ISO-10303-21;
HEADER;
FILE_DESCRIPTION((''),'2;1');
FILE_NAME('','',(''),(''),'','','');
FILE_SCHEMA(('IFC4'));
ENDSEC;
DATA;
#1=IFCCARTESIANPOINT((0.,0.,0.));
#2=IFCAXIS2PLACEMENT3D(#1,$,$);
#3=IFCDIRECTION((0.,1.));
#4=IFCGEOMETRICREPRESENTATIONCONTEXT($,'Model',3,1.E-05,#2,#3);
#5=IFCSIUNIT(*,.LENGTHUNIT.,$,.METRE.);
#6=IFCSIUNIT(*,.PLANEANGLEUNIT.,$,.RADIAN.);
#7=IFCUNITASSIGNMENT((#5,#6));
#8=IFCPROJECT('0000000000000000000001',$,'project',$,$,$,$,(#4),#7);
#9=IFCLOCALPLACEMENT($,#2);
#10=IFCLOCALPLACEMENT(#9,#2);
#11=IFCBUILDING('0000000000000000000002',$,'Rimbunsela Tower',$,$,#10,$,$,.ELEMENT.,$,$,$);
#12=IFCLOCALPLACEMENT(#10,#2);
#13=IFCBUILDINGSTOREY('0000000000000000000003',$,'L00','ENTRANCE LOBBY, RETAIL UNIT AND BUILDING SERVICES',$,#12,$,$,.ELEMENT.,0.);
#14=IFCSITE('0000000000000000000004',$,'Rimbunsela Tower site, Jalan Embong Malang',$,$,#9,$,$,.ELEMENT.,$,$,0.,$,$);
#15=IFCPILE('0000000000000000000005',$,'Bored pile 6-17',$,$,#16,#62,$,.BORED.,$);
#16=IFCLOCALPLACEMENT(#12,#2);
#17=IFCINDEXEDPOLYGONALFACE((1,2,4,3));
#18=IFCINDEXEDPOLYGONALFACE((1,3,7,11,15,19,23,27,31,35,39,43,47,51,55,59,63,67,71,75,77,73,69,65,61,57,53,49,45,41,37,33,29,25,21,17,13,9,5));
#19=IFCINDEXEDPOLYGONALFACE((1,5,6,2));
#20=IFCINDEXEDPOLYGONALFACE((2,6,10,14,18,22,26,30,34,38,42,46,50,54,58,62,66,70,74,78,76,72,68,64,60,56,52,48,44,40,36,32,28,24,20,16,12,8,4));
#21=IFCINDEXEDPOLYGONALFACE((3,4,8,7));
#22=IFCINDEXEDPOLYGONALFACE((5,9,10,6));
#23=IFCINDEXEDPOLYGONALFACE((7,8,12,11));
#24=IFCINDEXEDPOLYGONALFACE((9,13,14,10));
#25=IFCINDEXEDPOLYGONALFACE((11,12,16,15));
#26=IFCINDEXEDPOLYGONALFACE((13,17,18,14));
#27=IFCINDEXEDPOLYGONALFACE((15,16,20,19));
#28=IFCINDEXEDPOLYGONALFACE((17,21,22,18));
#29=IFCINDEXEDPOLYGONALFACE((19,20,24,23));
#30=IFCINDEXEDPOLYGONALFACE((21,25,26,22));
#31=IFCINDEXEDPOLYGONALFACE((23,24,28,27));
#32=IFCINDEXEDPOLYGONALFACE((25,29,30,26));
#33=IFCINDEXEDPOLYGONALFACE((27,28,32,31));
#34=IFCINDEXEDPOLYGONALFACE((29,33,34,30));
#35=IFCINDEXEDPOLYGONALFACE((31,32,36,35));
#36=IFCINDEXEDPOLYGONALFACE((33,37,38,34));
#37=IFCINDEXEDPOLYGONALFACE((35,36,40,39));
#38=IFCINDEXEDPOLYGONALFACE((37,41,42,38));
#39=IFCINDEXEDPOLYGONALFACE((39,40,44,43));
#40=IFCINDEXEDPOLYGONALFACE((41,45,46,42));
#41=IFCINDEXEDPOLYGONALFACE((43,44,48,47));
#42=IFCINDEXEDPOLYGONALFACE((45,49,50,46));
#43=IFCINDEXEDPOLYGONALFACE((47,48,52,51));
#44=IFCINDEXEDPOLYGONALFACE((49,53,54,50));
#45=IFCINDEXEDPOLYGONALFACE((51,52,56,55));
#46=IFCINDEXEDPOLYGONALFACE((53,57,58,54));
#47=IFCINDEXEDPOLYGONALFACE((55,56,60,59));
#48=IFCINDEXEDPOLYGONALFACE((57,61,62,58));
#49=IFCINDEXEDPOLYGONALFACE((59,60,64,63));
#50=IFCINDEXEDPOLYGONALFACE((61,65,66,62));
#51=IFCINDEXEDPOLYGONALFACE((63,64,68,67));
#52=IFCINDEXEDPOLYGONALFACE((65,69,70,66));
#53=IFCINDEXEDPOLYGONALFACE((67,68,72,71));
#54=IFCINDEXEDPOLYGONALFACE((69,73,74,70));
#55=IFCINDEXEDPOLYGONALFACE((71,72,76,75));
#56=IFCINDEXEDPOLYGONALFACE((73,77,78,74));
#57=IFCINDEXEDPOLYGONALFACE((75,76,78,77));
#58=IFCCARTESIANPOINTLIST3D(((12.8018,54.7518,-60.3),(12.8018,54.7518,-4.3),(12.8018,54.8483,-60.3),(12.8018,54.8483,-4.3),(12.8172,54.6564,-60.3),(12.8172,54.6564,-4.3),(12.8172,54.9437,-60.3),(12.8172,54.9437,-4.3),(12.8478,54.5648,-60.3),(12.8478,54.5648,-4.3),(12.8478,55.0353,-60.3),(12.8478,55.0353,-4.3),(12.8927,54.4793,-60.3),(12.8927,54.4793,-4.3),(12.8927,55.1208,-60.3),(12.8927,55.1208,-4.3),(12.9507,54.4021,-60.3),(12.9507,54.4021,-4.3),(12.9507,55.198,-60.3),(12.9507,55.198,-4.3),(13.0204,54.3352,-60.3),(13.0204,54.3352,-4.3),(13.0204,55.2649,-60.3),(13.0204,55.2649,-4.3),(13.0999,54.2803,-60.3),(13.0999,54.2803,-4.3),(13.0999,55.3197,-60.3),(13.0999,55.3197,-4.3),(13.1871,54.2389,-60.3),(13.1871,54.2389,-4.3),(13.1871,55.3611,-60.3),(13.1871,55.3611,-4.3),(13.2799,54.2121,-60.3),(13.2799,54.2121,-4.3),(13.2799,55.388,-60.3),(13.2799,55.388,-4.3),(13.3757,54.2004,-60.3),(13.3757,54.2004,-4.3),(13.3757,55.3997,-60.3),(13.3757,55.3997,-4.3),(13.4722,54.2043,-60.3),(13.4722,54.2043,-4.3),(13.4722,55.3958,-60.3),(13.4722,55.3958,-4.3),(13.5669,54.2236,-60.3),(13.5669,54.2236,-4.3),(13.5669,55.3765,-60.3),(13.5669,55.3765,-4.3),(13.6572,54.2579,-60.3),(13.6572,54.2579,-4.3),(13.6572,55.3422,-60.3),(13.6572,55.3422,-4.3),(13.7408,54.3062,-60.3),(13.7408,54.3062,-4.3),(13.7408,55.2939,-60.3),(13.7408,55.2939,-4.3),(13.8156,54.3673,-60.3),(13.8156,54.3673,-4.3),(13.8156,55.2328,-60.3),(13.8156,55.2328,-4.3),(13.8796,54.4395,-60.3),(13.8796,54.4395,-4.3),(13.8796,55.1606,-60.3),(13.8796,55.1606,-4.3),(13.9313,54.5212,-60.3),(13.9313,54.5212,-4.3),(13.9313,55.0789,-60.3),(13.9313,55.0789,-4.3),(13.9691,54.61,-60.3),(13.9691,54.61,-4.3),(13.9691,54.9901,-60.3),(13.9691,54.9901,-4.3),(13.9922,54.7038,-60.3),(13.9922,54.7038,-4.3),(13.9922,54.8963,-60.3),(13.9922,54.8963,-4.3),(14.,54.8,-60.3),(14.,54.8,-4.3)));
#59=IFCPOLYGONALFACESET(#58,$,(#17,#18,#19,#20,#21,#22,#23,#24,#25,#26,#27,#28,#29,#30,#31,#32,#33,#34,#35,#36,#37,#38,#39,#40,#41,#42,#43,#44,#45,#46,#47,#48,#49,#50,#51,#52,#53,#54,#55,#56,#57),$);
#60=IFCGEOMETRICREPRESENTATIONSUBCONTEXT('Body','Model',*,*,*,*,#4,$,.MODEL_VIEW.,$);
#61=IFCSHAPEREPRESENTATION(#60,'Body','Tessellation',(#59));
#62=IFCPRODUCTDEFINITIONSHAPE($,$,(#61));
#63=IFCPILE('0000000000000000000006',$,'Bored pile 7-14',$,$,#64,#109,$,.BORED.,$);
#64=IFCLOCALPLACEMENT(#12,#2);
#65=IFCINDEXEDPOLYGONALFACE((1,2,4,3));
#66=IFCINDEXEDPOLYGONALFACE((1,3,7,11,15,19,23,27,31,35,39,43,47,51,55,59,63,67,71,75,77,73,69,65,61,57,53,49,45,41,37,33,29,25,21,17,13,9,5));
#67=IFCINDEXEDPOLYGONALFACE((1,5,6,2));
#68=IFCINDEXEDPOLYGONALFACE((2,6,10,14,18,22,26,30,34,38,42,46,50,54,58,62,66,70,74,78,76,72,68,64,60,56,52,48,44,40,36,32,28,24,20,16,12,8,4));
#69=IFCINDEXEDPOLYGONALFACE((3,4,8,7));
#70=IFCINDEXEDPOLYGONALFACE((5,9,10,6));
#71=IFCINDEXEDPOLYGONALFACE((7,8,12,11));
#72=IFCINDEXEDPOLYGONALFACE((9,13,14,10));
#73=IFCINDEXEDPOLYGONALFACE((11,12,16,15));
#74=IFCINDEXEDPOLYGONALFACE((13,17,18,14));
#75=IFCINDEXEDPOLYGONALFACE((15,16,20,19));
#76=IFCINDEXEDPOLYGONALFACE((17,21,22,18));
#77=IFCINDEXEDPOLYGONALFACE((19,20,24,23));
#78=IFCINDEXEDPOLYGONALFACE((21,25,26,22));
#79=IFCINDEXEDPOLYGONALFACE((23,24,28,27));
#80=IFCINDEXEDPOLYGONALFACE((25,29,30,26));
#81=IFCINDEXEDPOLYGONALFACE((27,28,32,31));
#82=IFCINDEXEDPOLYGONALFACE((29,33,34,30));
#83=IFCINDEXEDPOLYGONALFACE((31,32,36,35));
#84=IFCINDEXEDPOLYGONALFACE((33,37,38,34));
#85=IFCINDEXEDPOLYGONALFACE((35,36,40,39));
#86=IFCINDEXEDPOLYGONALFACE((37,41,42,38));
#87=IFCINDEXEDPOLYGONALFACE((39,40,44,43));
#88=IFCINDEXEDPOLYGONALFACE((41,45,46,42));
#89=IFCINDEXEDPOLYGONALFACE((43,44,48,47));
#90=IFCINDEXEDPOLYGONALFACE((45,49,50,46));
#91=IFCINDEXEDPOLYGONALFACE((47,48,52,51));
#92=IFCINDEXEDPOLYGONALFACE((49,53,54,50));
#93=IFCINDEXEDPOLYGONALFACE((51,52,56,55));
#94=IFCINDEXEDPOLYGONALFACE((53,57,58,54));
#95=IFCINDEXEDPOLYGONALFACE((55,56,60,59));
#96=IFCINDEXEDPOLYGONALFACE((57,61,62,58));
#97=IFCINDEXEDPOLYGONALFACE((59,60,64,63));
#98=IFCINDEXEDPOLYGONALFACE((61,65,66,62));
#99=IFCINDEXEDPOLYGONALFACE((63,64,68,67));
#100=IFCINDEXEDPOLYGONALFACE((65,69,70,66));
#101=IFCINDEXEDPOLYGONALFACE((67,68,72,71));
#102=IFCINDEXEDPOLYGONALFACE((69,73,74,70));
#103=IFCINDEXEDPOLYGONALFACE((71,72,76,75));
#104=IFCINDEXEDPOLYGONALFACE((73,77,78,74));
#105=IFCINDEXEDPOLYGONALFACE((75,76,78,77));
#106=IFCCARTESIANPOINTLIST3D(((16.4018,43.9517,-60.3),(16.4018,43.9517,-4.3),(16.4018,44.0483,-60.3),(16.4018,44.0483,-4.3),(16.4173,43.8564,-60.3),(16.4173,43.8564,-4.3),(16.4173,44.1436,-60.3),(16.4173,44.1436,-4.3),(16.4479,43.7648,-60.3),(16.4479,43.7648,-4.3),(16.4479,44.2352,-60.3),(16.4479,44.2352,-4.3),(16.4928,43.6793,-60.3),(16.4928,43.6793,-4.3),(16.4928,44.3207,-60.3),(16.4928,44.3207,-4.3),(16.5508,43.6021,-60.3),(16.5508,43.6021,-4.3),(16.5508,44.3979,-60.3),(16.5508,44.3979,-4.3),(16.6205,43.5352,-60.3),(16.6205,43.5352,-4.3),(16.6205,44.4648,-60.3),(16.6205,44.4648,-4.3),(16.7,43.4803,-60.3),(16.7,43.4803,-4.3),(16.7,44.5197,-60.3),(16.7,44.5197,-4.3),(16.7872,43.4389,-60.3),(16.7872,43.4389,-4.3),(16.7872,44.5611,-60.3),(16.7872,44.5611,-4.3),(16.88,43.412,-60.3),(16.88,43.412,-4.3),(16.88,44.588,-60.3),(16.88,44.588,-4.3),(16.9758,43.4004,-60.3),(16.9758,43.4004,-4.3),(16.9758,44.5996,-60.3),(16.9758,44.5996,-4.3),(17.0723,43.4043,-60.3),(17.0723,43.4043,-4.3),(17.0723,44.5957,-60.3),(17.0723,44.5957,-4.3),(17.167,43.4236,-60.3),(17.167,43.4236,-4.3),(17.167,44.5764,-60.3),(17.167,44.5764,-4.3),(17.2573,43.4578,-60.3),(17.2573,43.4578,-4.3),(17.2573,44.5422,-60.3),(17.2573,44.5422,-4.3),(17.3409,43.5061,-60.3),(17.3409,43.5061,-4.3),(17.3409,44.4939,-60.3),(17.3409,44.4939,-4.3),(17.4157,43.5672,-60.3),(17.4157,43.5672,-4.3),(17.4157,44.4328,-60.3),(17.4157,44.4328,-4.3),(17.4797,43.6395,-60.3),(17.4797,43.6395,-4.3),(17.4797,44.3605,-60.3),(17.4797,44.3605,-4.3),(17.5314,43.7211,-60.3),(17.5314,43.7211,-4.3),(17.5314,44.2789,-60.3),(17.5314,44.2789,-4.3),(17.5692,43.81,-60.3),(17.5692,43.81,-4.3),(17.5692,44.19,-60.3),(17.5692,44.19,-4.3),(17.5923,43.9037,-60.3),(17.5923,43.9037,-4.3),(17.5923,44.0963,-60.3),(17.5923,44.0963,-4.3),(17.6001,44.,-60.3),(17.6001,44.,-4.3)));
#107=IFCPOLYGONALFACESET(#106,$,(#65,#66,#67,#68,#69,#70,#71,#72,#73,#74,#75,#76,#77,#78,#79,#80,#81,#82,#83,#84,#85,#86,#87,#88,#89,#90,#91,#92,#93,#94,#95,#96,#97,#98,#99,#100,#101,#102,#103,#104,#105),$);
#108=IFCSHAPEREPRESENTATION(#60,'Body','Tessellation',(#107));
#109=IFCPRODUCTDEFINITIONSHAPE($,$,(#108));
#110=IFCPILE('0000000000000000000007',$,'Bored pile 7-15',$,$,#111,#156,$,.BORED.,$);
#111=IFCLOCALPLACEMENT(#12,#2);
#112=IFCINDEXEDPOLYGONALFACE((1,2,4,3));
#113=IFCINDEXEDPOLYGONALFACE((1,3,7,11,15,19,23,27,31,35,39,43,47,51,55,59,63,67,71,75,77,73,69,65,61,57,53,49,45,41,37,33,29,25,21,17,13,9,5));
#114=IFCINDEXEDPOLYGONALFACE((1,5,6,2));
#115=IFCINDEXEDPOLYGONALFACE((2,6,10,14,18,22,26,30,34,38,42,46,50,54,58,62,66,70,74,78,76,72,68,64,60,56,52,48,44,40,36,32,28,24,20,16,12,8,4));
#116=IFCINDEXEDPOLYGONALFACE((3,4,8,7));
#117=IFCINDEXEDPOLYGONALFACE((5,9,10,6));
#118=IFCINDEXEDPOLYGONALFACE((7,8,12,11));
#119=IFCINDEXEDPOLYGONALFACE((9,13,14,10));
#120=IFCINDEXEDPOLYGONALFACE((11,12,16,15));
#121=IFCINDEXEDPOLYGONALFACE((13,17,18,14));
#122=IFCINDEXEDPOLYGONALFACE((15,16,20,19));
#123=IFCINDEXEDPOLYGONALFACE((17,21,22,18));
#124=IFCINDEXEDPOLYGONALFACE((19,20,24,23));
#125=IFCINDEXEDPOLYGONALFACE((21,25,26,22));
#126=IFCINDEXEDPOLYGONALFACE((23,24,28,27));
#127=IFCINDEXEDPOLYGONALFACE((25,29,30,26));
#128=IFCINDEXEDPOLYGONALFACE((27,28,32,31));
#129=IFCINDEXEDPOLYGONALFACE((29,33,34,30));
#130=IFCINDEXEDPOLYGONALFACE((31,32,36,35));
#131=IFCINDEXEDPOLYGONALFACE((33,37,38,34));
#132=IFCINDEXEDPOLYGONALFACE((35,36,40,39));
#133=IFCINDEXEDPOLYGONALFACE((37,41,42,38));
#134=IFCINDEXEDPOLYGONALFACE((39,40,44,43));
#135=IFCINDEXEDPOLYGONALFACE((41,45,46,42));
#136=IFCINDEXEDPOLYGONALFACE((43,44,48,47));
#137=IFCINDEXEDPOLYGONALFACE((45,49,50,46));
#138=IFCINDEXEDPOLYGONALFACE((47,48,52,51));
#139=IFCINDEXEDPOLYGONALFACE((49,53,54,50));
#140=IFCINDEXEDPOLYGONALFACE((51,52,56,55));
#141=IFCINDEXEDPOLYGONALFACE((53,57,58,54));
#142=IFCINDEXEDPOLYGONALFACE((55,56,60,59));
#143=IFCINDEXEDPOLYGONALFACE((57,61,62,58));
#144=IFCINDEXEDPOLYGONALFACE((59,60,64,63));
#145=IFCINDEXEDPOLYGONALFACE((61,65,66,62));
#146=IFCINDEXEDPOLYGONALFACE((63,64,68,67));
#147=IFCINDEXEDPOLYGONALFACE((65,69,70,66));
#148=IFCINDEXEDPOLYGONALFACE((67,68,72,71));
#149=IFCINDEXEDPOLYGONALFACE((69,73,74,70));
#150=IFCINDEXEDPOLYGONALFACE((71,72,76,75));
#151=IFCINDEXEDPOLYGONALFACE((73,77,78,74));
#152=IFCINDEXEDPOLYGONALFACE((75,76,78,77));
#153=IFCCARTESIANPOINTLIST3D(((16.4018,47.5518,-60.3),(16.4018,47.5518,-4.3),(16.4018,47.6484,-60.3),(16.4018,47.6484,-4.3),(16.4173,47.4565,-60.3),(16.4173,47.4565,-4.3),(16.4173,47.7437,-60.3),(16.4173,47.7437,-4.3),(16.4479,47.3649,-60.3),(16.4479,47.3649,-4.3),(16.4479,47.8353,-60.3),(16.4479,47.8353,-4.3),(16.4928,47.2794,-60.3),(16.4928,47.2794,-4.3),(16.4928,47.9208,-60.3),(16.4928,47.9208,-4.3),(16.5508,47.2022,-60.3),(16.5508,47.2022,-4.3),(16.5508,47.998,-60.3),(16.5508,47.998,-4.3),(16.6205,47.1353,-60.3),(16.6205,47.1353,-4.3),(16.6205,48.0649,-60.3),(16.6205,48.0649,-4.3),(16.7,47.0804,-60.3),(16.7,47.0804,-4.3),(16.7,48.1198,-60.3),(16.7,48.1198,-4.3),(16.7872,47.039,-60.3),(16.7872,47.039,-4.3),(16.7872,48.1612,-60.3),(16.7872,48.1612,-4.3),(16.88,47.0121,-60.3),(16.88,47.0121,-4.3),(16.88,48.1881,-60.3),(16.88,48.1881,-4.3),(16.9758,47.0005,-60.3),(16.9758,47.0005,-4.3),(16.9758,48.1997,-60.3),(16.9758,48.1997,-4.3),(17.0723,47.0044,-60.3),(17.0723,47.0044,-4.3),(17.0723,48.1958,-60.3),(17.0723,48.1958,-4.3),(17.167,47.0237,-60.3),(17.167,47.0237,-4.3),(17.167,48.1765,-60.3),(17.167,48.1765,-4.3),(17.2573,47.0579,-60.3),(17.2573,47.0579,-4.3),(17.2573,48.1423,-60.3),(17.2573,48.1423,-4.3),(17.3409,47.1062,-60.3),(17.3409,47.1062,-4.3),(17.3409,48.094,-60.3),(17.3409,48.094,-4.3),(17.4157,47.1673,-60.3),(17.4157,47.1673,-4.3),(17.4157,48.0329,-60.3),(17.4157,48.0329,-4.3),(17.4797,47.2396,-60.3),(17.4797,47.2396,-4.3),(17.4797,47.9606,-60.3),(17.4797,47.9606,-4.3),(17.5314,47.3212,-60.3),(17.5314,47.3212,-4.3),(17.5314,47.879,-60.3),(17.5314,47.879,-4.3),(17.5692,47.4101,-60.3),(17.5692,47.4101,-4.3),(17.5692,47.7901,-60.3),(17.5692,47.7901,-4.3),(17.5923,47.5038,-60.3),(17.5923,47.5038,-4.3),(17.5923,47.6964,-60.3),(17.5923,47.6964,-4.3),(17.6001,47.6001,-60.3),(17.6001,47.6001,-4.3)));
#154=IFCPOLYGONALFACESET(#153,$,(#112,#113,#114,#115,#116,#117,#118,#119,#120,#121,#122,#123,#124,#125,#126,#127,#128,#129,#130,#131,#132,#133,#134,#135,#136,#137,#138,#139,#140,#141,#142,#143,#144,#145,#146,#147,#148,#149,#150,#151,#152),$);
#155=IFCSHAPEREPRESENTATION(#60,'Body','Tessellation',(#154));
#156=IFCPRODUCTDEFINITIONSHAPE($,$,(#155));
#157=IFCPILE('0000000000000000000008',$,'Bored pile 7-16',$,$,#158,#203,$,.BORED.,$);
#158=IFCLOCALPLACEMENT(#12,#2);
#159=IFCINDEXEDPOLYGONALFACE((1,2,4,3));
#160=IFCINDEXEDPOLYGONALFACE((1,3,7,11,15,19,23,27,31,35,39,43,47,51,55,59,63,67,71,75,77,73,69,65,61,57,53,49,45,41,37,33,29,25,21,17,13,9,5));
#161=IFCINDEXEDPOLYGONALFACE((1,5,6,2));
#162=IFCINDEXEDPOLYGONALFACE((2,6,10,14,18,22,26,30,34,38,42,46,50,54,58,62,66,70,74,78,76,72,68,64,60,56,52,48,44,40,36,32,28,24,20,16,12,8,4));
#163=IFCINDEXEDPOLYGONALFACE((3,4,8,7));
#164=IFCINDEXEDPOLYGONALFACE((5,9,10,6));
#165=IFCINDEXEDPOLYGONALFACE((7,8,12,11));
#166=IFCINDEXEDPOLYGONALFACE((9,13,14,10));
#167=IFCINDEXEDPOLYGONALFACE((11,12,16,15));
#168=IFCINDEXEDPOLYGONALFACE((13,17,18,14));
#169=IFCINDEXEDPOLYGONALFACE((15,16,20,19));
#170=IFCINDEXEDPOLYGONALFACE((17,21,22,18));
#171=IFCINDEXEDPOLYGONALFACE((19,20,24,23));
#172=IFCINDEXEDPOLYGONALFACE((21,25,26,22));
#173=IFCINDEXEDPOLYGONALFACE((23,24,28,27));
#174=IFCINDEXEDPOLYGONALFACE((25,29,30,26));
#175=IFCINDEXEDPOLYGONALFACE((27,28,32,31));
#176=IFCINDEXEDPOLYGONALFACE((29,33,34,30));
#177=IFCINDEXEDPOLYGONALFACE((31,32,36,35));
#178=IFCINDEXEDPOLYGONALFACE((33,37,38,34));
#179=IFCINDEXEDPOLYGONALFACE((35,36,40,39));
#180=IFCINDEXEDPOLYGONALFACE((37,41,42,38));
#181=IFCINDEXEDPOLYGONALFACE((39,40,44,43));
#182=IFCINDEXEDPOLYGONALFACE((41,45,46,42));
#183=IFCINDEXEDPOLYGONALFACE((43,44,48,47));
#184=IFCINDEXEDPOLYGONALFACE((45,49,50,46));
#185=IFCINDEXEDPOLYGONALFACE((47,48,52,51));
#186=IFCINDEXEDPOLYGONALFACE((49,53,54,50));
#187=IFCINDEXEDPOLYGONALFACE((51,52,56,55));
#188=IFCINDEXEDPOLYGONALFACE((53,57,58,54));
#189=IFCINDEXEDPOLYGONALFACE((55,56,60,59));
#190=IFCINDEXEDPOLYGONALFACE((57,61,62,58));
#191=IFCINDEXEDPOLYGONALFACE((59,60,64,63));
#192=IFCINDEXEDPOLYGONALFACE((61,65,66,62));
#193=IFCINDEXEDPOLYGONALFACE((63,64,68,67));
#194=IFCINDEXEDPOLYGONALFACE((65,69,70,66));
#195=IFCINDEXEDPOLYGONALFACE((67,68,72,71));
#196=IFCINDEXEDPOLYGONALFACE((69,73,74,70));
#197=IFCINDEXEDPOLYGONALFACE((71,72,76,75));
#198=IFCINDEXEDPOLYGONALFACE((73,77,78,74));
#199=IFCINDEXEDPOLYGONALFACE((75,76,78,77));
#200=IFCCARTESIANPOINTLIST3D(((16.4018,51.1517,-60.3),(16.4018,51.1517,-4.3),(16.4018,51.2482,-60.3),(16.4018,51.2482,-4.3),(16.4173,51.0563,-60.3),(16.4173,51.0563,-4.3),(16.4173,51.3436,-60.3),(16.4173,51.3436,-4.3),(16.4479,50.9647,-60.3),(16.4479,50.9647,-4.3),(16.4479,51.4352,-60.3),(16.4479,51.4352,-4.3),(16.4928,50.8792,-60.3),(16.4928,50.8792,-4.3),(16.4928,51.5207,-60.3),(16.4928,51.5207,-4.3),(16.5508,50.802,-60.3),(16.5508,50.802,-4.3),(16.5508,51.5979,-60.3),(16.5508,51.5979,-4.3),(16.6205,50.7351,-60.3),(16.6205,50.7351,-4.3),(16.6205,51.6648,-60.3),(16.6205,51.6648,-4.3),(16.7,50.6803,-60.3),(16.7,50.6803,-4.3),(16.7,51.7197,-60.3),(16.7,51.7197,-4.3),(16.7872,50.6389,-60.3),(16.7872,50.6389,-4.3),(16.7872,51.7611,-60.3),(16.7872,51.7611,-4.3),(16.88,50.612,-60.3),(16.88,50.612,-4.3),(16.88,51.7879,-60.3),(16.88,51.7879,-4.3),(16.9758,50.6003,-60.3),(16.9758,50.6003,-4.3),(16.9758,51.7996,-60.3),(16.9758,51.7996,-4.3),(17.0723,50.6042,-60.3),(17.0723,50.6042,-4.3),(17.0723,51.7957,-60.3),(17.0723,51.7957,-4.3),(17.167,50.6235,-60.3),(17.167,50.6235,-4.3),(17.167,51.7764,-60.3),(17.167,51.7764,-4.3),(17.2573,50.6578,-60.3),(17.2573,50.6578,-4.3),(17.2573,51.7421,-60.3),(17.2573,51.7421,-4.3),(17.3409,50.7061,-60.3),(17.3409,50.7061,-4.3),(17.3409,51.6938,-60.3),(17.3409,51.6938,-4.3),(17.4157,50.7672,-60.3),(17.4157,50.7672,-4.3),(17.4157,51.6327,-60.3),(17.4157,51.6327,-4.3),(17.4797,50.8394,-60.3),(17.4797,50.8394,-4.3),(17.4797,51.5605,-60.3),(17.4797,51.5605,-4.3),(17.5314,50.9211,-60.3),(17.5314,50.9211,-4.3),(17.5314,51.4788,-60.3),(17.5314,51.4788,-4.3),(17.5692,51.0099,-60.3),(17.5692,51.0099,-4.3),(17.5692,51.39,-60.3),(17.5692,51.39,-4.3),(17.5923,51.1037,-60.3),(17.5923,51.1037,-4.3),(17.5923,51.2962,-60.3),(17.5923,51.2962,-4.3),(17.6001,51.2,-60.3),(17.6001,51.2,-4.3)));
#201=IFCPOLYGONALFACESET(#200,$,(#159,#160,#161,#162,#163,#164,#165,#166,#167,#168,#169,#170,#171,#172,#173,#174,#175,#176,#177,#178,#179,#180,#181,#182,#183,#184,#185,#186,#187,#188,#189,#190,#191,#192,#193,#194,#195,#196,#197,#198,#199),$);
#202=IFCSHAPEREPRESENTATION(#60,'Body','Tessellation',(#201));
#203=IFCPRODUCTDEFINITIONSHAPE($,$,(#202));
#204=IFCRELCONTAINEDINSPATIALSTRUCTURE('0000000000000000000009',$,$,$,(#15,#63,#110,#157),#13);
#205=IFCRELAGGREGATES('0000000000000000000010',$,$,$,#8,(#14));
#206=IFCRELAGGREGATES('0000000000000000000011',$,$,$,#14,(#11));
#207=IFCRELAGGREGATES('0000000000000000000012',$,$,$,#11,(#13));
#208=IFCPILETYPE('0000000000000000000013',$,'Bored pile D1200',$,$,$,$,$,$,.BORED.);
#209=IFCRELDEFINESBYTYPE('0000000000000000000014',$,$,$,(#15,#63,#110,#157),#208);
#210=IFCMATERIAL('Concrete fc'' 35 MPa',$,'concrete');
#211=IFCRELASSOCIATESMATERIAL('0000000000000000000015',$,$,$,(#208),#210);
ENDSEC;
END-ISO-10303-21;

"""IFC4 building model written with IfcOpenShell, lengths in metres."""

from ifc_helpers import new_model, si_unit, direction, frame, origin, origin_2d, place, context, subcontext, project, spatial, circle, extrude, material, material_profile, profile_set, type_object, element, save


model = new_model("IFC4")

# Units and contexts
model_context = context("Model", 3, precision=1e-05, world=origin(), true_north=direction((0.0, 1.0)))
body_context = subcontext(model_context, "Body", "Model", "MODEL_VIEW")
ifc_project = project(units=[si_unit("LENGTHUNIT", "METRE"), si_unit("PLANEANGLEUNIT", "RADIAN")], contexts=[model_context])

# Site, building, storey
site_placement = place(None, origin())
site = spatial("IfcSite", under=ifc_project, at=site_placement, Name="Rimbunsela Tower site, Jalan Embong Malang", CompositionType="ELEMENT", RefElevation=0.0)
building_placement = place(site_placement, origin())
building = spatial("IfcBuilding", under=site, at=building_placement, Name="Rimbunsela Tower", CompositionType="ELEMENT")
storey_placement = place(building_placement, origin())
storey = spatial("IfcBuildingStorey", under=building, at=storey_placement, Name="L00", Description="ENTRANCE LOBBY, RETAIL UNIT AND BUILDING SERVICES", CompositionType="ELEMENT", Elevation=0.0)

# Piles
ifc_material_1 = material(Name="Concrete fc' 35 MPa", Category="concrete")
ifc_material_profile_1 = material_profile(ifc_material_1, circle(Radius=0.6001, at=origin_2d()), Name="BP D1200")
ifc_profile_set_1 = profile_set([ifc_material_profile_1], Name="Concrete fc' 35 MPa")
pile_type = type_object("IfcPileType", Name="Bored pile D1200", PredefinedType="BORED", material=ifc_profile_set_1)
for number, where, z_axis, x_axis, name in (
    (1, (13.3999, 54.8, -4.3), (0.0, 0.0, -1.0), (1.0, 0.0, 0.0), "Bored pile 6-17"),
    (2, (17.0, 44.0, -4.3), (0.0, 0.0, -1.0), (1.0, 0.0, 0.0), "Bored pile 7-14"),
    (3, (17.0, 47.6001, -4.3), (0.0, 0.0, -1.0), (1.0, 0.0, 0.0), "Bored pile 7-15"),
    (4, (17.0, 51.2, -4.3), (0.0, 0.0, -1.0), (1.0, 0.0, 0.0), "Bored pile 7-16"),
):
    element("IfcPile", number, at=place(storey_placement, frame(where, z_axis=z_axis, x_axis=x_axis)), inside=storey, type_object=pile_type, Name=name, PredefinedType="BORED", context=body_context, shape_type="SweptSolid", body=[
        extrude(circle(Radius=0.6001, at=origin_2d()), origin(), (0.0, 0.0, 1.0), 56.0),
    ])

save(model, "model.ifc")
